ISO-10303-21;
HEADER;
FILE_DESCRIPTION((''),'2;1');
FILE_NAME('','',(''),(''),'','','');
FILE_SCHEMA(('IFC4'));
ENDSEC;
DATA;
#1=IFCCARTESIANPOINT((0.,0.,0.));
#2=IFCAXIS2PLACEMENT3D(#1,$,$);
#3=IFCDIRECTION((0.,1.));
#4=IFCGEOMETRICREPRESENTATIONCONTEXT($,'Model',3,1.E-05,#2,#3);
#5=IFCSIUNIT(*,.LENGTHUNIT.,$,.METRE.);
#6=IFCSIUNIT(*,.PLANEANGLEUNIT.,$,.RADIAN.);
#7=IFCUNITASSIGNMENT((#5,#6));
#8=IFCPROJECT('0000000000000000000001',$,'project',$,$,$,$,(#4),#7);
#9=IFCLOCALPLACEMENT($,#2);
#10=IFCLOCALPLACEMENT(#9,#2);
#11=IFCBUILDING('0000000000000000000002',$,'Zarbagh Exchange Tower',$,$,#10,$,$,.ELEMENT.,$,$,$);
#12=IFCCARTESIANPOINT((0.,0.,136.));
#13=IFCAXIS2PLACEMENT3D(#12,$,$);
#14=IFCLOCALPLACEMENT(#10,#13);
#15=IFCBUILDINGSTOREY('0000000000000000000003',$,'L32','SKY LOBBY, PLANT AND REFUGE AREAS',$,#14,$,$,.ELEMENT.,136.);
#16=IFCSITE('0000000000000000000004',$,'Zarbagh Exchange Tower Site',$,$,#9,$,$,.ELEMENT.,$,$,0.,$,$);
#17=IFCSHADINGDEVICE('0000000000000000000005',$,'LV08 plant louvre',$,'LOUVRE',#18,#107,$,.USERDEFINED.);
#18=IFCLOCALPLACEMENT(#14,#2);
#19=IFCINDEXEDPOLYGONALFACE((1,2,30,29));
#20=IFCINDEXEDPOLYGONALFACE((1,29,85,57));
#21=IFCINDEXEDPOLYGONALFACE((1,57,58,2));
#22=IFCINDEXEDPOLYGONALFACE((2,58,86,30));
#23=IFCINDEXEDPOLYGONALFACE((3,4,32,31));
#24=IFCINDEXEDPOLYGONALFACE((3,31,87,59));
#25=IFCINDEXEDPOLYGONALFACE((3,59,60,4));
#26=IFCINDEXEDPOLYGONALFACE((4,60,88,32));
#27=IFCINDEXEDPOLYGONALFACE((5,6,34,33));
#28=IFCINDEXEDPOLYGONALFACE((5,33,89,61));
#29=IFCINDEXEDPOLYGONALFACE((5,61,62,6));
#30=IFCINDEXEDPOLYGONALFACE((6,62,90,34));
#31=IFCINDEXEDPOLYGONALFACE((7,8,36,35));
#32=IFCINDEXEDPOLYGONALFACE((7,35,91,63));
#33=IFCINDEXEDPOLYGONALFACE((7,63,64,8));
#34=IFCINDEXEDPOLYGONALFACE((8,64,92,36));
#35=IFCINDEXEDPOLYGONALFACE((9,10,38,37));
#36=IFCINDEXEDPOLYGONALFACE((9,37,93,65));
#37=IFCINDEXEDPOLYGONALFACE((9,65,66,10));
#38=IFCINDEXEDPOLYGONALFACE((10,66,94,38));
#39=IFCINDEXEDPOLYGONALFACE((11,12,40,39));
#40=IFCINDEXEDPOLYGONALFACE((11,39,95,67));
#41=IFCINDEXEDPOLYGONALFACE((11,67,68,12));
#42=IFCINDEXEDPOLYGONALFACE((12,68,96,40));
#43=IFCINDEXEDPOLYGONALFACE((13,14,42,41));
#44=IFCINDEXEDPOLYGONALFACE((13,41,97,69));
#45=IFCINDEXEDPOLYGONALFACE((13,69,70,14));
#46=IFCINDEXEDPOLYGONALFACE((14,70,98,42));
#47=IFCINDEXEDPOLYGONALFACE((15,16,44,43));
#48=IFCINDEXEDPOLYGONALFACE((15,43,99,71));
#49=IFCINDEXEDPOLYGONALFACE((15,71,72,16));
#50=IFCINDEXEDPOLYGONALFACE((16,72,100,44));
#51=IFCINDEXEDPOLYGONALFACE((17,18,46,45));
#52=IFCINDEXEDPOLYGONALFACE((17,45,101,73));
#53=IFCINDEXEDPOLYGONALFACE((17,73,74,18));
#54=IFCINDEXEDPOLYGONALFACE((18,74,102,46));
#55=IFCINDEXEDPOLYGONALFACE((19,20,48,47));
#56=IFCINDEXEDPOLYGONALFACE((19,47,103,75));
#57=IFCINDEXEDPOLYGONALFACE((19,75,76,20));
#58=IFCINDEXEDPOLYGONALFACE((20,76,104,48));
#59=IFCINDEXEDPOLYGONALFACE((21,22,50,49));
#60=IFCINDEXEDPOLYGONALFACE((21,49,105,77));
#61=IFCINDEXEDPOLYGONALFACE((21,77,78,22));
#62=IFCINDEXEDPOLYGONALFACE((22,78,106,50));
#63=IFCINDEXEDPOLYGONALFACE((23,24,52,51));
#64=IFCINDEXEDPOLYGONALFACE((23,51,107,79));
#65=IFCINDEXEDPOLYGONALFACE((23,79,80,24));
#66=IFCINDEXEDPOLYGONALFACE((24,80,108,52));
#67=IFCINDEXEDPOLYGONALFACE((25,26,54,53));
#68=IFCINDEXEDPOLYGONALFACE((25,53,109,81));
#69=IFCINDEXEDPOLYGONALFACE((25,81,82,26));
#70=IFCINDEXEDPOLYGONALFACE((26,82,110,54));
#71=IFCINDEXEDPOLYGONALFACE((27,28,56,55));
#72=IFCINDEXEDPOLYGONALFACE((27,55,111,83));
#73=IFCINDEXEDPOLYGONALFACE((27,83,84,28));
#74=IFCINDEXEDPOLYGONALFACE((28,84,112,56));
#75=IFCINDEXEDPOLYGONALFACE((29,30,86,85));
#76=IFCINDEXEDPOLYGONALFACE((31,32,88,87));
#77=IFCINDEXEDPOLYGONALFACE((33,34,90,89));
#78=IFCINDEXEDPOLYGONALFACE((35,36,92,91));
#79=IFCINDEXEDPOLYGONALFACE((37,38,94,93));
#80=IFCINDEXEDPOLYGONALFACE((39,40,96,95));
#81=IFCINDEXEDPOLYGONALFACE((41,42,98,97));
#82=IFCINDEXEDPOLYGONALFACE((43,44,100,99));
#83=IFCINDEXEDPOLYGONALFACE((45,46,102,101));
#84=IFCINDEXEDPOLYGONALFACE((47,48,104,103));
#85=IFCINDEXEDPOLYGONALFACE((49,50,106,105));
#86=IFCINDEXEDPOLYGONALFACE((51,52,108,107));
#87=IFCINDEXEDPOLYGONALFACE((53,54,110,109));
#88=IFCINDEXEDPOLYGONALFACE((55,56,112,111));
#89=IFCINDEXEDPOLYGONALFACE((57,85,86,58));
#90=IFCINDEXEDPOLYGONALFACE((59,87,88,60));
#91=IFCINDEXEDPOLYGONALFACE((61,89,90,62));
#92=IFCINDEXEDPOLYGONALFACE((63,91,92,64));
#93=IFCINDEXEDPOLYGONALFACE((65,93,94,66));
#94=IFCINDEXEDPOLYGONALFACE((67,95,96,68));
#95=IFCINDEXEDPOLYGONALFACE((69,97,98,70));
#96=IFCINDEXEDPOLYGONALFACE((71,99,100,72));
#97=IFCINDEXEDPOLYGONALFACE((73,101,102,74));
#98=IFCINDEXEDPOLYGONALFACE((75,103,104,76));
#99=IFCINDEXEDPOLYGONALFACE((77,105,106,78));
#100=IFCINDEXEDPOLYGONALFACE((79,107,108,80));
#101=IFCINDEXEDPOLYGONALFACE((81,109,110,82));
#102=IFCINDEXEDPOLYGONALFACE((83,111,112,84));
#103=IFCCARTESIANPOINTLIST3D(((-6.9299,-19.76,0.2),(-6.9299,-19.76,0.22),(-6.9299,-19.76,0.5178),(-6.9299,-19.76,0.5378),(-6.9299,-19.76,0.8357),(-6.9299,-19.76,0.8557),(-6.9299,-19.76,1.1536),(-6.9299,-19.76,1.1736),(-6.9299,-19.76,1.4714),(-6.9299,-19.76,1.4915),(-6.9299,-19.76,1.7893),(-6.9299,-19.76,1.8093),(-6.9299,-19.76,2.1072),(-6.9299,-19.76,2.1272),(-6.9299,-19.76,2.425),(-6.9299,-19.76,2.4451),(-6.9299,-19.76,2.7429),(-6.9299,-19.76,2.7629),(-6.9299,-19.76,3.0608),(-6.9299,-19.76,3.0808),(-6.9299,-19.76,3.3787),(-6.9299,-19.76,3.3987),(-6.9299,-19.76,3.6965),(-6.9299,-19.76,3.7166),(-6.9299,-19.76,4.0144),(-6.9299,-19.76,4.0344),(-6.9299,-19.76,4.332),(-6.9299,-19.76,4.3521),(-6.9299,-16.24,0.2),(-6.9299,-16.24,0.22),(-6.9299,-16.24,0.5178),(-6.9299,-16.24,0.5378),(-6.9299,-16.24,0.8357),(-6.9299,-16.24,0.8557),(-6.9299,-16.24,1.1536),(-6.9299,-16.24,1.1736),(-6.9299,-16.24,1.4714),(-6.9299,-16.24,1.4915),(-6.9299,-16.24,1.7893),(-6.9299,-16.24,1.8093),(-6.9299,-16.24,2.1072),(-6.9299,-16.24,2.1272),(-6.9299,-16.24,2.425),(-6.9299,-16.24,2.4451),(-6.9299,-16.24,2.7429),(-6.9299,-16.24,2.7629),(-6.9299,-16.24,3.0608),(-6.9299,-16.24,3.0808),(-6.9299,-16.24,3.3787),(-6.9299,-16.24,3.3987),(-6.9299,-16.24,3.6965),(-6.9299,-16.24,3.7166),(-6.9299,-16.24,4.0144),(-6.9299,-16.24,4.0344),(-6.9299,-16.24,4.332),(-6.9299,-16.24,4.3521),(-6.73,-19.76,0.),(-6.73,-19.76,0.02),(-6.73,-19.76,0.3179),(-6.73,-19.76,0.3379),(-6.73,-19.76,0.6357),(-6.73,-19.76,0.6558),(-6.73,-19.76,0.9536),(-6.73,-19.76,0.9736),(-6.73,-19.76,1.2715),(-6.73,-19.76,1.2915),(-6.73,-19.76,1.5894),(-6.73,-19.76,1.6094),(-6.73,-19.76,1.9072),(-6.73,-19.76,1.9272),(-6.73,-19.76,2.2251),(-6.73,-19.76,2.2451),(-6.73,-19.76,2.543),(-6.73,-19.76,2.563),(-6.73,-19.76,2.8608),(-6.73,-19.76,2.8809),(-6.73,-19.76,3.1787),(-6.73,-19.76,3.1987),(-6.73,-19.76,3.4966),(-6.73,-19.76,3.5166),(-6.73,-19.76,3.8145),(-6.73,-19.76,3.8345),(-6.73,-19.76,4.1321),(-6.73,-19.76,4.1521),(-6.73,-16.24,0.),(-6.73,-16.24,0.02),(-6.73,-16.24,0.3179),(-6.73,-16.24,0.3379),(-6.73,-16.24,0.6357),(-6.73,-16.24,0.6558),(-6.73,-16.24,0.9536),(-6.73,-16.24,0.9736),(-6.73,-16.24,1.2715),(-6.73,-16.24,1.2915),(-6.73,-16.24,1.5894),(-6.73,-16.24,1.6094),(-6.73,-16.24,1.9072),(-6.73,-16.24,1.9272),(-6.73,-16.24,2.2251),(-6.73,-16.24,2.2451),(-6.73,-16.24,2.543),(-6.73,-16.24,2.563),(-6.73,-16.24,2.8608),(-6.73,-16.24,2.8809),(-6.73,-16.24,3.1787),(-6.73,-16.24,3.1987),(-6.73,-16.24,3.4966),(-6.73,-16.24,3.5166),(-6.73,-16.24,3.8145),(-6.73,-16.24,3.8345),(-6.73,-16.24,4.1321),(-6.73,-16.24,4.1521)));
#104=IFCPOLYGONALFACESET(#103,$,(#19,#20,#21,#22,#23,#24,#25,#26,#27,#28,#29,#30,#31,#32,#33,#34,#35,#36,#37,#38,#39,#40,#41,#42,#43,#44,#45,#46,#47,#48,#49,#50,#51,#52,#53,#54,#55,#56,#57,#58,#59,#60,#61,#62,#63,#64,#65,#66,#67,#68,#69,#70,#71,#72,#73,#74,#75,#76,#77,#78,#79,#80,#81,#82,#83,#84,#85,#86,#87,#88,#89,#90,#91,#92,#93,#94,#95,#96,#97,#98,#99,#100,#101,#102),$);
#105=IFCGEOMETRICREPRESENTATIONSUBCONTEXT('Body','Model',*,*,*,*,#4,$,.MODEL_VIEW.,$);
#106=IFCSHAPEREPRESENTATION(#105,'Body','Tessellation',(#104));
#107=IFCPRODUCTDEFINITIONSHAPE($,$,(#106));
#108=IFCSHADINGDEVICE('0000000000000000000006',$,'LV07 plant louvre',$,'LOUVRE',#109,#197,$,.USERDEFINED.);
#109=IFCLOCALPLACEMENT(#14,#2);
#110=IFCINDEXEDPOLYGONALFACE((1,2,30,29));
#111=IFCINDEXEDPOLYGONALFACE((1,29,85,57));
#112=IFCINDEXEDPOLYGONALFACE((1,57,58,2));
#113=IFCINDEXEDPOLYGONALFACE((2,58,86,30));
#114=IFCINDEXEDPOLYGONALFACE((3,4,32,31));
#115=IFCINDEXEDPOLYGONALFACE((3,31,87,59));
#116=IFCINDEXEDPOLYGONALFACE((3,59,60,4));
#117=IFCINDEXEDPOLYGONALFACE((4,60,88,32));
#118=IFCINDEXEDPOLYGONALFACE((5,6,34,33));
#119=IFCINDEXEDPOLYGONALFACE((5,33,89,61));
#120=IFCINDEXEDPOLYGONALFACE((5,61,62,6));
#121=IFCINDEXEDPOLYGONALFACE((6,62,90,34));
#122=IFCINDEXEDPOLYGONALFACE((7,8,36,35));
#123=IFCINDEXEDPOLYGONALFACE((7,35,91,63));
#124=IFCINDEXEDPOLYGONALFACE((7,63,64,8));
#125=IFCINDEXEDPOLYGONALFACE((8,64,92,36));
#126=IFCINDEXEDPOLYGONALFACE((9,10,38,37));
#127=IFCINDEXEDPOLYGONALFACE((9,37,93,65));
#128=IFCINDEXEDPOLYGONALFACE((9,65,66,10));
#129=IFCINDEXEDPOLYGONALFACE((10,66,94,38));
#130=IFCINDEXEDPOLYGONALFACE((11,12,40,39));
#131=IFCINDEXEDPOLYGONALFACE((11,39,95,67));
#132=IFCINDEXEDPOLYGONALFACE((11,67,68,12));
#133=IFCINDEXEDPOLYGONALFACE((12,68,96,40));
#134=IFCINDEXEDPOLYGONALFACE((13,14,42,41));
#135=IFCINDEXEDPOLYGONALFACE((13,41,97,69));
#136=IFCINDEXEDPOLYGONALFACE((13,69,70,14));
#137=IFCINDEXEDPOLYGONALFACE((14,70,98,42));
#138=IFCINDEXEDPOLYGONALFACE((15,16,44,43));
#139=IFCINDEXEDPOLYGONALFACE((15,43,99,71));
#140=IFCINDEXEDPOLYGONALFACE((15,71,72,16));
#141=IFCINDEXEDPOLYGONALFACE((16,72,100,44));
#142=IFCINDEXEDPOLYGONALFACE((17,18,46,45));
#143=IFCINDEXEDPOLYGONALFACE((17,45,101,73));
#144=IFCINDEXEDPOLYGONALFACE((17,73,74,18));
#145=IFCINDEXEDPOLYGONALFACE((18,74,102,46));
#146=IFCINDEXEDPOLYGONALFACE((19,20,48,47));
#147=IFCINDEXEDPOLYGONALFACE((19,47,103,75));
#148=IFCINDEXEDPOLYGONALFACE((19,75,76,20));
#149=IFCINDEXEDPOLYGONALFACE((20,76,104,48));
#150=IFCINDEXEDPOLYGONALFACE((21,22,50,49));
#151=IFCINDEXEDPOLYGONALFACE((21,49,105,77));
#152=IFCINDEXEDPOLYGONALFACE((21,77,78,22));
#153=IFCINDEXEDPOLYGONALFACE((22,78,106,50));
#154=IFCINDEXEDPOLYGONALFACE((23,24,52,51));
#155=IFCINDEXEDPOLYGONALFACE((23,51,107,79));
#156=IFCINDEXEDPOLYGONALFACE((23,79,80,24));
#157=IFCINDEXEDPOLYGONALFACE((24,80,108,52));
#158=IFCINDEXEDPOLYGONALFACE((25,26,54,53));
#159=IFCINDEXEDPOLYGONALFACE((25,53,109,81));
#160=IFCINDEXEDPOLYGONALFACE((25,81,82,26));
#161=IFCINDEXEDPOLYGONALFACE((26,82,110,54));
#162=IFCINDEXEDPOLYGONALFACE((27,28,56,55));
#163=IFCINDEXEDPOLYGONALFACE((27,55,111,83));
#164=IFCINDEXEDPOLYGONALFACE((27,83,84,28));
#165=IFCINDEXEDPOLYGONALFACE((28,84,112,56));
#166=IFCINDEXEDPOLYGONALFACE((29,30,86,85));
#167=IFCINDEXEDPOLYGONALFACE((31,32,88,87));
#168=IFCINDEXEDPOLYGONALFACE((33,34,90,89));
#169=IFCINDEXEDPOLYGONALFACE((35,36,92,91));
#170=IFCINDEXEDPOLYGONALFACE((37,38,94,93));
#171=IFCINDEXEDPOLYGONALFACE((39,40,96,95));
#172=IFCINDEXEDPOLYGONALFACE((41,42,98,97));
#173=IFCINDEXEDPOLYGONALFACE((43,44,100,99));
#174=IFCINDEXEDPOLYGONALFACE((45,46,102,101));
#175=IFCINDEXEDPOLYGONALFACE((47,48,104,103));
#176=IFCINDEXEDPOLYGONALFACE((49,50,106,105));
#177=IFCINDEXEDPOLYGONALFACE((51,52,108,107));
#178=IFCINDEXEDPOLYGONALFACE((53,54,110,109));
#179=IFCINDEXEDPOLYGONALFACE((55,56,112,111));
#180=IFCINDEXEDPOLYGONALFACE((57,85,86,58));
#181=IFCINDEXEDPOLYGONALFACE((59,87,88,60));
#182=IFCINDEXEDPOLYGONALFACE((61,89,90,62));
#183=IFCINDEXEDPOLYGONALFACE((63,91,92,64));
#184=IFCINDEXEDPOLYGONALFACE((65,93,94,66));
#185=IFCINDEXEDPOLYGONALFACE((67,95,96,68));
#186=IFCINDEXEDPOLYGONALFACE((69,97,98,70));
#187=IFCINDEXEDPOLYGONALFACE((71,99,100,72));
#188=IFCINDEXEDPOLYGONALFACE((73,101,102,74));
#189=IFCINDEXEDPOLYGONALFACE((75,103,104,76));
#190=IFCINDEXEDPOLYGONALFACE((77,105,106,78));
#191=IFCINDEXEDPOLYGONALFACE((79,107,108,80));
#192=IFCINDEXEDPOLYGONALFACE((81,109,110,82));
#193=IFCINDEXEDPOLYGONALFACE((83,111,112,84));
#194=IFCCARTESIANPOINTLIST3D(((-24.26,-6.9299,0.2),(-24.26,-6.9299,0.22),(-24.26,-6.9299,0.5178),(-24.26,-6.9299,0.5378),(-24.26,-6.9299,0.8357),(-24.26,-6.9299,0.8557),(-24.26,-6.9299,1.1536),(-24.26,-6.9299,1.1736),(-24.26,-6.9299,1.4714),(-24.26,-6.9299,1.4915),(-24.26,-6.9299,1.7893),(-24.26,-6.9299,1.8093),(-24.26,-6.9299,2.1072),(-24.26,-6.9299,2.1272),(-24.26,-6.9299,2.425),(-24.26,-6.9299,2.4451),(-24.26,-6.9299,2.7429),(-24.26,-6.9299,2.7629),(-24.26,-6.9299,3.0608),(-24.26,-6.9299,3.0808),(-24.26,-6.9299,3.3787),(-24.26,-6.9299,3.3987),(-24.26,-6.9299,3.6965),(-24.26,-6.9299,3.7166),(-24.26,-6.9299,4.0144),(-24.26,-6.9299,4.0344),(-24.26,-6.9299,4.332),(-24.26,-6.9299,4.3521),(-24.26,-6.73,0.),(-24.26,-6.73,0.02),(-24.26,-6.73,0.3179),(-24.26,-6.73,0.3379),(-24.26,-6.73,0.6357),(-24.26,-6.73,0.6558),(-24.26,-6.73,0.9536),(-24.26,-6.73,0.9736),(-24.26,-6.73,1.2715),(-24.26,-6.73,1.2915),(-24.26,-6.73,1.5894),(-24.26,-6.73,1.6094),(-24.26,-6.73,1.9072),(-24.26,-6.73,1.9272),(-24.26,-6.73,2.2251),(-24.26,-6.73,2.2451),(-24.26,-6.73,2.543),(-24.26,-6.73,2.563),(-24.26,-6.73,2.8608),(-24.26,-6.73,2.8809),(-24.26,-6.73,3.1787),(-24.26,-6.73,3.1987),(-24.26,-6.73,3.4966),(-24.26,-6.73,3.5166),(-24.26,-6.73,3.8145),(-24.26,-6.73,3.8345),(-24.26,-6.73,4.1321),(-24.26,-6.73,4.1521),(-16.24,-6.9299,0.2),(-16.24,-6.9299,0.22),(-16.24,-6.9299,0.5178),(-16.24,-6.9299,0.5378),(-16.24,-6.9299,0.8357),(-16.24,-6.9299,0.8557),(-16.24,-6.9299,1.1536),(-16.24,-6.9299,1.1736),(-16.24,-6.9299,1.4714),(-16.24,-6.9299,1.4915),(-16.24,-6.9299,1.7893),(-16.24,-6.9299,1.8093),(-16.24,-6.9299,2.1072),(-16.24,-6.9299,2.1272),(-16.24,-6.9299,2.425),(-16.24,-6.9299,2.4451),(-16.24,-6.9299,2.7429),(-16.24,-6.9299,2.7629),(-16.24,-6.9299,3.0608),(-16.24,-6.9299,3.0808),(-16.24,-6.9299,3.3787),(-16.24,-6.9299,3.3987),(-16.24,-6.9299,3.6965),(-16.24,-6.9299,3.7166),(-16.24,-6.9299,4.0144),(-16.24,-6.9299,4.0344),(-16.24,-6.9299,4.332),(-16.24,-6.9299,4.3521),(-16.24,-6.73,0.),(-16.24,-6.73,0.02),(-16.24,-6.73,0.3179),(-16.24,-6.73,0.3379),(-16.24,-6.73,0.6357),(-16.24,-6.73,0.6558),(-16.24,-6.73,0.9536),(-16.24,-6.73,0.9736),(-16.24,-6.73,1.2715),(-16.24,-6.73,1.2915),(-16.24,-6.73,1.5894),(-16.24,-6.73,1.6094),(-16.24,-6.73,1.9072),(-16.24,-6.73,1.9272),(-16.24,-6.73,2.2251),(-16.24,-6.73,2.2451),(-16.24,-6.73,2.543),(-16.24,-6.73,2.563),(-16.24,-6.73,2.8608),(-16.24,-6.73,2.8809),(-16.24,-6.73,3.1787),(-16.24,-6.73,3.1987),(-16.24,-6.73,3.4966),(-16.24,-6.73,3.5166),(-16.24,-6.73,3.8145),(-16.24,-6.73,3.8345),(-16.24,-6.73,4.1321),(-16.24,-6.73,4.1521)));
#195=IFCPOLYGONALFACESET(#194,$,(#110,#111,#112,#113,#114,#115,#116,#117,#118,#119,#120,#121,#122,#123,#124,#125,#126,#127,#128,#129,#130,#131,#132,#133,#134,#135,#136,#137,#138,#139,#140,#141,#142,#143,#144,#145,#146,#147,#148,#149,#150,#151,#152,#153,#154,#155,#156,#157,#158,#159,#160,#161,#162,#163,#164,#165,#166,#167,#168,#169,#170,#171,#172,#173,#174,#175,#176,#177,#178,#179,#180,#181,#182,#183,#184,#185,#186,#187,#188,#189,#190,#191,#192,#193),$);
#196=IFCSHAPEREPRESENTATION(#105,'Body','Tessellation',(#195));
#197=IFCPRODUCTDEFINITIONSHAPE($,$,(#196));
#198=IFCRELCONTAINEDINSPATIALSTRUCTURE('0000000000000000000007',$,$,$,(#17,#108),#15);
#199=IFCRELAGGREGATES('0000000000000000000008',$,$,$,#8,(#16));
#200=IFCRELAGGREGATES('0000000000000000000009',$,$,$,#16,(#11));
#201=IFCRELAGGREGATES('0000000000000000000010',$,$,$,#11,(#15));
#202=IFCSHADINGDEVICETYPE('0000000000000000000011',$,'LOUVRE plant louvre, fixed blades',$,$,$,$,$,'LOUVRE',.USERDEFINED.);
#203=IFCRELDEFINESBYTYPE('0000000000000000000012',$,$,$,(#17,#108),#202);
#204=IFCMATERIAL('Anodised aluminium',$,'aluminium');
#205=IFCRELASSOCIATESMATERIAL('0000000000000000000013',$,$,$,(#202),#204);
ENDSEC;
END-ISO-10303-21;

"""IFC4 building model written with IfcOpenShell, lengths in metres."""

from ifc_helpers import new_model, si_unit, direction, frame, origin, place, context, subcontext, project, spatial, polyline, outline, extrude, source, transform, mapped, material, type_object, element, save


model = new_model("IFC4")

# Units and contexts
model_context = context("Model", 3, precision=1e-05, world=origin(), true_north=direction((0.0, 1.0)))
body_context = subcontext(model_context, "Body", "Model", "MODEL_VIEW")
ifc_project = project(units=[si_unit("LENGTHUNIT", "METRE"), si_unit("PLANEANGLEUNIT", "RADIAN")], contexts=[model_context])

# Site, building, storey
site_placement = place(None, origin())
site = spatial("IfcSite", under=ifc_project, at=site_placement, Name="Zarbagh Exchange Tower Site", CompositionType="ELEMENT", RefElevation=0.0)
building_placement = place(site_placement, origin())
building = spatial("IfcBuilding", under=site, at=building_placement, Name="Zarbagh Exchange Tower", CompositionType="ELEMENT")
storey_placement = place(building_placement, frame((0.0, 0.0, 136.0)))
storey = spatial("IfcBuildingStorey", under=building, at=storey_placement, Name="L32", Description="SKY LOBBY, PLANT AND REFUGE AREAS", CompositionType="ELEMENT", Elevation=136.0)

# Shared definitions
placement = place(storey_placement, origin())

# Shared definitions
ifc_material_1 = material(Name="Anodised aluminium", Category="aluminium")
shading_device_type = type_object("IfcShadingDeviceType", Name="LOUVRE plant louvre, fixed blades", ElementType="LOUVRE", PredefinedType="USERDEFINED", material=ifc_material_1)

# Shading device
shared_shape_1 = source(origin(), body_context, "Body", "SweptSolid", [
    extrude(outline(polyline([(0.0, 0.2), (0.2, 0.0), (0.2, -0.02), (0.0, 0.1799), (0.0, 0.2)])), origin(), (0.0, 0.0, 1.0), 3.52),
])
element("IfcShadingDevice", 1, at=placement, inside=storey, type_object=shading_device_type, Name="LV08 plant louvre", ObjectType="LOUVRE", PredefinedType="USERDEFINED", context=body_context, shape_type="MappedRepresentation", body=[
    mapped(shared_shape_1, transform((-6.73, -16.24, 0.2), x_axis=(-1.0, 0.0, 0.0), y_axis=(0.0, 0.0, -1.0), z_axis=(0.0, -1.0, 0.0))),
    mapped(shared_shape_1, transform((-6.73, -16.24, 0.5178), x_axis=(-1.0, 0.0, 0.0), y_axis=(0.0, 0.0, -1.0), z_axis=(0.0, -1.0, 0.0))),
    mapped(shared_shape_1, transform((-6.73, -16.24, 0.8357), x_axis=(-1.0, 0.0, 0.0), y_axis=(0.0, 0.0, -1.0), z_axis=(0.0, -1.0, 0.0))),
    mapped(shared_shape_1, transform((-6.73, -16.24, 1.1536), x_axis=(-1.0, 0.0, 0.0), y_axis=(0.0, 0.0, -1.0), z_axis=(0.0, -1.0, 0.0))),
    mapped(shared_shape_1, transform((-6.73, -16.24, 1.4714), x_axis=(-1.0, 0.0, 0.0), y_axis=(0.0, 0.0, -1.0), z_axis=(0.0, -1.0, 0.0))),
    mapped(shared_shape_1, transform((-6.73, -16.24, 1.7893), x_axis=(-1.0, 0.0, 0.0), y_axis=(0.0, 0.0, -1.0), z_axis=(0.0, -1.0, 0.0))),
    mapped(shared_shape_1, transform((-6.73, -16.24, 2.1072), x_axis=(-1.0, 0.0, 0.0), y_axis=(0.0, 0.0, -1.0), z_axis=(0.0, -1.0, 0.0))),
    mapped(shared_shape_1, transform((-6.73, -16.24, 2.425), x_axis=(-1.0, 0.0, 0.0), y_axis=(0.0, 0.0, -1.0), z_axis=(0.0, -1.0, 0.0))),
    mapped(shared_shape_1, transform((-6.73, -16.24, 2.7429), x_axis=(-1.0, 0.0, 0.0), y_axis=(0.0, 0.0, -1.0), z_axis=(0.0, -1.0, 0.0))),
    mapped(shared_shape_1, transform((-6.73, -16.24, 3.0608), x_axis=(-1.0, 0.0, 0.0), y_axis=(0.0, 0.0, -1.0), z_axis=(0.0, -1.0, 0.0))),
    mapped(shared_shape_1, transform((-6.73, -16.24, 3.3787), x_axis=(-1.0, 0.0, 0.0), y_axis=(0.0, 0.0, -1.0), z_axis=(0.0, -1.0, 0.0))),
    mapped(shared_shape_1, transform((-6.73, -16.24, 3.6965), x_axis=(-1.0, 0.0, 0.0), y_axis=(0.0, 0.0, -1.0), z_axis=(0.0, -1.0, 0.0))),
    mapped(shared_shape_1, transform((-6.73, -16.24, 4.0144), x_axis=(-1.0, 0.0, 0.0), y_axis=(0.0, 0.0, -1.0), z_axis=(0.0, -1.0, 0.0))),
    mapped(shared_shape_1, transform((-6.73, -16.24, 4.332), x_axis=(-1.0, 0.0, 0.0), y_axis=(0.0, 0.0, -1.0), z_axis=(0.0, -1.0, 0.0))),
])

# Shading device
shared_shape_2 = source(origin(), body_context, "Body", "SweptSolid", [
    extrude(outline(polyline([(0.0, 0.2), (0.2, 0.0), (0.2, -0.02), (0.0, 0.1799), (0.0, 0.2)])), origin(), (0.0, 0.0, 1.0), 8.02),
])
element("IfcShadingDevice", 2, at=placement, inside=storey, type_object=shading_device_type, Name="LV07 plant louvre", ObjectType="LOUVRE", PredefinedType="USERDEFINED", context=body_context, shape_type="MappedRepresentation", body=[
    mapped(shared_shape_2, transform((-24.26, -6.73, 0.2), x_axis=(0.0, -1.0, 0.0), y_axis=(0.0, 0.0, -1.0), z_axis=(1.0, 0.0, 0.0))),
    mapped(shared_shape_2, transform((-24.26, -6.73, 0.5178), x_axis=(0.0, -1.0, 0.0), y_axis=(0.0, 0.0, -1.0), z_axis=(1.0, 0.0, 0.0))),
    mapped(shared_shape_2, transform((-24.26, -6.73, 0.8357), x_axis=(0.0, -1.0, 0.0), y_axis=(0.0, 0.0, -1.0), z_axis=(1.0, 0.0, 0.0))),
    mapped(shared_shape_2, transform((-24.26, -6.73, 1.1536), x_axis=(0.0, -1.0, 0.0), y_axis=(0.0, 0.0, -1.0), z_axis=(1.0, 0.0, 0.0))),
    mapped(shared_shape_2, transform((-24.26, -6.73, 1.4714), x_axis=(0.0, -1.0, 0.0), y_axis=(0.0, 0.0, -1.0), z_axis=(1.0, 0.0, 0.0))),
    mapped(shared_shape_2, transform((-24.26, -6.73, 1.7893), x_axis=(0.0, -1.0, 0.0), y_axis=(0.0, 0.0, -1.0), z_axis=(1.0, 0.0, 0.0))),
    mapped(shared_shape_2, transform((-24.26, -6.73, 2.1072), x_axis=(0.0, -1.0, 0.0), y_axis=(0.0, 0.0, -1.0), z_axis=(1.0, 0.0, 0.0))),
    mapped(shared_shape_2, transform((-24.26, -6.73, 2.425), x_axis=(0.0, -1.0, 0.0), y_axis=(0.0, 0.0, -1.0), z_axis=(1.0, 0.0, 0.0))),
    mapped(shared_shape_2, transform((-24.26, -6.73, 2.7429), x_axis=(0.0, -1.0, 0.0), y_axis=(0.0, 0.0, -1.0), z_axis=(1.0, 0.0, 0.0))),
    mapped(shared_shape_2, transform((-24.26, -6.73, 3.0608), x_axis=(0.0, -1.0, 0.0), y_axis=(0.0, 0.0, -1.0), z_axis=(1.0, 0.0, 0.0))),
    mapped(shared_shape_2, transform((-24.26, -6.73, 3.3787), x_axis=(0.0, -1.0, 0.0), y_axis=(0.0, 0.0, -1.0), z_axis=(1.0, 0.0, 0.0))),
    mapped(shared_shape_2, transform((-24.26, -6.73, 3.6965), x_axis=(0.0, -1.0, 0.0), y_axis=(0.0, 0.0, -1.0), z_axis=(1.0, 0.0, 0.0))),
    mapped(shared_shape_2, transform((-24.26, -6.73, 4.0144), x_axis=(0.0, -1.0, 0.0), y_axis=(0.0, 0.0, -1.0), z_axis=(1.0, 0.0, 0.0))),
    mapped(shared_shape_2, transform((-24.26, -6.73, 4.332), x_axis=(0.0, -1.0, 0.0), y_axis=(0.0, 0.0, -1.0), z_axis=(1.0, 0.0, 0.0))),
])

save(model, "model.ifc")
